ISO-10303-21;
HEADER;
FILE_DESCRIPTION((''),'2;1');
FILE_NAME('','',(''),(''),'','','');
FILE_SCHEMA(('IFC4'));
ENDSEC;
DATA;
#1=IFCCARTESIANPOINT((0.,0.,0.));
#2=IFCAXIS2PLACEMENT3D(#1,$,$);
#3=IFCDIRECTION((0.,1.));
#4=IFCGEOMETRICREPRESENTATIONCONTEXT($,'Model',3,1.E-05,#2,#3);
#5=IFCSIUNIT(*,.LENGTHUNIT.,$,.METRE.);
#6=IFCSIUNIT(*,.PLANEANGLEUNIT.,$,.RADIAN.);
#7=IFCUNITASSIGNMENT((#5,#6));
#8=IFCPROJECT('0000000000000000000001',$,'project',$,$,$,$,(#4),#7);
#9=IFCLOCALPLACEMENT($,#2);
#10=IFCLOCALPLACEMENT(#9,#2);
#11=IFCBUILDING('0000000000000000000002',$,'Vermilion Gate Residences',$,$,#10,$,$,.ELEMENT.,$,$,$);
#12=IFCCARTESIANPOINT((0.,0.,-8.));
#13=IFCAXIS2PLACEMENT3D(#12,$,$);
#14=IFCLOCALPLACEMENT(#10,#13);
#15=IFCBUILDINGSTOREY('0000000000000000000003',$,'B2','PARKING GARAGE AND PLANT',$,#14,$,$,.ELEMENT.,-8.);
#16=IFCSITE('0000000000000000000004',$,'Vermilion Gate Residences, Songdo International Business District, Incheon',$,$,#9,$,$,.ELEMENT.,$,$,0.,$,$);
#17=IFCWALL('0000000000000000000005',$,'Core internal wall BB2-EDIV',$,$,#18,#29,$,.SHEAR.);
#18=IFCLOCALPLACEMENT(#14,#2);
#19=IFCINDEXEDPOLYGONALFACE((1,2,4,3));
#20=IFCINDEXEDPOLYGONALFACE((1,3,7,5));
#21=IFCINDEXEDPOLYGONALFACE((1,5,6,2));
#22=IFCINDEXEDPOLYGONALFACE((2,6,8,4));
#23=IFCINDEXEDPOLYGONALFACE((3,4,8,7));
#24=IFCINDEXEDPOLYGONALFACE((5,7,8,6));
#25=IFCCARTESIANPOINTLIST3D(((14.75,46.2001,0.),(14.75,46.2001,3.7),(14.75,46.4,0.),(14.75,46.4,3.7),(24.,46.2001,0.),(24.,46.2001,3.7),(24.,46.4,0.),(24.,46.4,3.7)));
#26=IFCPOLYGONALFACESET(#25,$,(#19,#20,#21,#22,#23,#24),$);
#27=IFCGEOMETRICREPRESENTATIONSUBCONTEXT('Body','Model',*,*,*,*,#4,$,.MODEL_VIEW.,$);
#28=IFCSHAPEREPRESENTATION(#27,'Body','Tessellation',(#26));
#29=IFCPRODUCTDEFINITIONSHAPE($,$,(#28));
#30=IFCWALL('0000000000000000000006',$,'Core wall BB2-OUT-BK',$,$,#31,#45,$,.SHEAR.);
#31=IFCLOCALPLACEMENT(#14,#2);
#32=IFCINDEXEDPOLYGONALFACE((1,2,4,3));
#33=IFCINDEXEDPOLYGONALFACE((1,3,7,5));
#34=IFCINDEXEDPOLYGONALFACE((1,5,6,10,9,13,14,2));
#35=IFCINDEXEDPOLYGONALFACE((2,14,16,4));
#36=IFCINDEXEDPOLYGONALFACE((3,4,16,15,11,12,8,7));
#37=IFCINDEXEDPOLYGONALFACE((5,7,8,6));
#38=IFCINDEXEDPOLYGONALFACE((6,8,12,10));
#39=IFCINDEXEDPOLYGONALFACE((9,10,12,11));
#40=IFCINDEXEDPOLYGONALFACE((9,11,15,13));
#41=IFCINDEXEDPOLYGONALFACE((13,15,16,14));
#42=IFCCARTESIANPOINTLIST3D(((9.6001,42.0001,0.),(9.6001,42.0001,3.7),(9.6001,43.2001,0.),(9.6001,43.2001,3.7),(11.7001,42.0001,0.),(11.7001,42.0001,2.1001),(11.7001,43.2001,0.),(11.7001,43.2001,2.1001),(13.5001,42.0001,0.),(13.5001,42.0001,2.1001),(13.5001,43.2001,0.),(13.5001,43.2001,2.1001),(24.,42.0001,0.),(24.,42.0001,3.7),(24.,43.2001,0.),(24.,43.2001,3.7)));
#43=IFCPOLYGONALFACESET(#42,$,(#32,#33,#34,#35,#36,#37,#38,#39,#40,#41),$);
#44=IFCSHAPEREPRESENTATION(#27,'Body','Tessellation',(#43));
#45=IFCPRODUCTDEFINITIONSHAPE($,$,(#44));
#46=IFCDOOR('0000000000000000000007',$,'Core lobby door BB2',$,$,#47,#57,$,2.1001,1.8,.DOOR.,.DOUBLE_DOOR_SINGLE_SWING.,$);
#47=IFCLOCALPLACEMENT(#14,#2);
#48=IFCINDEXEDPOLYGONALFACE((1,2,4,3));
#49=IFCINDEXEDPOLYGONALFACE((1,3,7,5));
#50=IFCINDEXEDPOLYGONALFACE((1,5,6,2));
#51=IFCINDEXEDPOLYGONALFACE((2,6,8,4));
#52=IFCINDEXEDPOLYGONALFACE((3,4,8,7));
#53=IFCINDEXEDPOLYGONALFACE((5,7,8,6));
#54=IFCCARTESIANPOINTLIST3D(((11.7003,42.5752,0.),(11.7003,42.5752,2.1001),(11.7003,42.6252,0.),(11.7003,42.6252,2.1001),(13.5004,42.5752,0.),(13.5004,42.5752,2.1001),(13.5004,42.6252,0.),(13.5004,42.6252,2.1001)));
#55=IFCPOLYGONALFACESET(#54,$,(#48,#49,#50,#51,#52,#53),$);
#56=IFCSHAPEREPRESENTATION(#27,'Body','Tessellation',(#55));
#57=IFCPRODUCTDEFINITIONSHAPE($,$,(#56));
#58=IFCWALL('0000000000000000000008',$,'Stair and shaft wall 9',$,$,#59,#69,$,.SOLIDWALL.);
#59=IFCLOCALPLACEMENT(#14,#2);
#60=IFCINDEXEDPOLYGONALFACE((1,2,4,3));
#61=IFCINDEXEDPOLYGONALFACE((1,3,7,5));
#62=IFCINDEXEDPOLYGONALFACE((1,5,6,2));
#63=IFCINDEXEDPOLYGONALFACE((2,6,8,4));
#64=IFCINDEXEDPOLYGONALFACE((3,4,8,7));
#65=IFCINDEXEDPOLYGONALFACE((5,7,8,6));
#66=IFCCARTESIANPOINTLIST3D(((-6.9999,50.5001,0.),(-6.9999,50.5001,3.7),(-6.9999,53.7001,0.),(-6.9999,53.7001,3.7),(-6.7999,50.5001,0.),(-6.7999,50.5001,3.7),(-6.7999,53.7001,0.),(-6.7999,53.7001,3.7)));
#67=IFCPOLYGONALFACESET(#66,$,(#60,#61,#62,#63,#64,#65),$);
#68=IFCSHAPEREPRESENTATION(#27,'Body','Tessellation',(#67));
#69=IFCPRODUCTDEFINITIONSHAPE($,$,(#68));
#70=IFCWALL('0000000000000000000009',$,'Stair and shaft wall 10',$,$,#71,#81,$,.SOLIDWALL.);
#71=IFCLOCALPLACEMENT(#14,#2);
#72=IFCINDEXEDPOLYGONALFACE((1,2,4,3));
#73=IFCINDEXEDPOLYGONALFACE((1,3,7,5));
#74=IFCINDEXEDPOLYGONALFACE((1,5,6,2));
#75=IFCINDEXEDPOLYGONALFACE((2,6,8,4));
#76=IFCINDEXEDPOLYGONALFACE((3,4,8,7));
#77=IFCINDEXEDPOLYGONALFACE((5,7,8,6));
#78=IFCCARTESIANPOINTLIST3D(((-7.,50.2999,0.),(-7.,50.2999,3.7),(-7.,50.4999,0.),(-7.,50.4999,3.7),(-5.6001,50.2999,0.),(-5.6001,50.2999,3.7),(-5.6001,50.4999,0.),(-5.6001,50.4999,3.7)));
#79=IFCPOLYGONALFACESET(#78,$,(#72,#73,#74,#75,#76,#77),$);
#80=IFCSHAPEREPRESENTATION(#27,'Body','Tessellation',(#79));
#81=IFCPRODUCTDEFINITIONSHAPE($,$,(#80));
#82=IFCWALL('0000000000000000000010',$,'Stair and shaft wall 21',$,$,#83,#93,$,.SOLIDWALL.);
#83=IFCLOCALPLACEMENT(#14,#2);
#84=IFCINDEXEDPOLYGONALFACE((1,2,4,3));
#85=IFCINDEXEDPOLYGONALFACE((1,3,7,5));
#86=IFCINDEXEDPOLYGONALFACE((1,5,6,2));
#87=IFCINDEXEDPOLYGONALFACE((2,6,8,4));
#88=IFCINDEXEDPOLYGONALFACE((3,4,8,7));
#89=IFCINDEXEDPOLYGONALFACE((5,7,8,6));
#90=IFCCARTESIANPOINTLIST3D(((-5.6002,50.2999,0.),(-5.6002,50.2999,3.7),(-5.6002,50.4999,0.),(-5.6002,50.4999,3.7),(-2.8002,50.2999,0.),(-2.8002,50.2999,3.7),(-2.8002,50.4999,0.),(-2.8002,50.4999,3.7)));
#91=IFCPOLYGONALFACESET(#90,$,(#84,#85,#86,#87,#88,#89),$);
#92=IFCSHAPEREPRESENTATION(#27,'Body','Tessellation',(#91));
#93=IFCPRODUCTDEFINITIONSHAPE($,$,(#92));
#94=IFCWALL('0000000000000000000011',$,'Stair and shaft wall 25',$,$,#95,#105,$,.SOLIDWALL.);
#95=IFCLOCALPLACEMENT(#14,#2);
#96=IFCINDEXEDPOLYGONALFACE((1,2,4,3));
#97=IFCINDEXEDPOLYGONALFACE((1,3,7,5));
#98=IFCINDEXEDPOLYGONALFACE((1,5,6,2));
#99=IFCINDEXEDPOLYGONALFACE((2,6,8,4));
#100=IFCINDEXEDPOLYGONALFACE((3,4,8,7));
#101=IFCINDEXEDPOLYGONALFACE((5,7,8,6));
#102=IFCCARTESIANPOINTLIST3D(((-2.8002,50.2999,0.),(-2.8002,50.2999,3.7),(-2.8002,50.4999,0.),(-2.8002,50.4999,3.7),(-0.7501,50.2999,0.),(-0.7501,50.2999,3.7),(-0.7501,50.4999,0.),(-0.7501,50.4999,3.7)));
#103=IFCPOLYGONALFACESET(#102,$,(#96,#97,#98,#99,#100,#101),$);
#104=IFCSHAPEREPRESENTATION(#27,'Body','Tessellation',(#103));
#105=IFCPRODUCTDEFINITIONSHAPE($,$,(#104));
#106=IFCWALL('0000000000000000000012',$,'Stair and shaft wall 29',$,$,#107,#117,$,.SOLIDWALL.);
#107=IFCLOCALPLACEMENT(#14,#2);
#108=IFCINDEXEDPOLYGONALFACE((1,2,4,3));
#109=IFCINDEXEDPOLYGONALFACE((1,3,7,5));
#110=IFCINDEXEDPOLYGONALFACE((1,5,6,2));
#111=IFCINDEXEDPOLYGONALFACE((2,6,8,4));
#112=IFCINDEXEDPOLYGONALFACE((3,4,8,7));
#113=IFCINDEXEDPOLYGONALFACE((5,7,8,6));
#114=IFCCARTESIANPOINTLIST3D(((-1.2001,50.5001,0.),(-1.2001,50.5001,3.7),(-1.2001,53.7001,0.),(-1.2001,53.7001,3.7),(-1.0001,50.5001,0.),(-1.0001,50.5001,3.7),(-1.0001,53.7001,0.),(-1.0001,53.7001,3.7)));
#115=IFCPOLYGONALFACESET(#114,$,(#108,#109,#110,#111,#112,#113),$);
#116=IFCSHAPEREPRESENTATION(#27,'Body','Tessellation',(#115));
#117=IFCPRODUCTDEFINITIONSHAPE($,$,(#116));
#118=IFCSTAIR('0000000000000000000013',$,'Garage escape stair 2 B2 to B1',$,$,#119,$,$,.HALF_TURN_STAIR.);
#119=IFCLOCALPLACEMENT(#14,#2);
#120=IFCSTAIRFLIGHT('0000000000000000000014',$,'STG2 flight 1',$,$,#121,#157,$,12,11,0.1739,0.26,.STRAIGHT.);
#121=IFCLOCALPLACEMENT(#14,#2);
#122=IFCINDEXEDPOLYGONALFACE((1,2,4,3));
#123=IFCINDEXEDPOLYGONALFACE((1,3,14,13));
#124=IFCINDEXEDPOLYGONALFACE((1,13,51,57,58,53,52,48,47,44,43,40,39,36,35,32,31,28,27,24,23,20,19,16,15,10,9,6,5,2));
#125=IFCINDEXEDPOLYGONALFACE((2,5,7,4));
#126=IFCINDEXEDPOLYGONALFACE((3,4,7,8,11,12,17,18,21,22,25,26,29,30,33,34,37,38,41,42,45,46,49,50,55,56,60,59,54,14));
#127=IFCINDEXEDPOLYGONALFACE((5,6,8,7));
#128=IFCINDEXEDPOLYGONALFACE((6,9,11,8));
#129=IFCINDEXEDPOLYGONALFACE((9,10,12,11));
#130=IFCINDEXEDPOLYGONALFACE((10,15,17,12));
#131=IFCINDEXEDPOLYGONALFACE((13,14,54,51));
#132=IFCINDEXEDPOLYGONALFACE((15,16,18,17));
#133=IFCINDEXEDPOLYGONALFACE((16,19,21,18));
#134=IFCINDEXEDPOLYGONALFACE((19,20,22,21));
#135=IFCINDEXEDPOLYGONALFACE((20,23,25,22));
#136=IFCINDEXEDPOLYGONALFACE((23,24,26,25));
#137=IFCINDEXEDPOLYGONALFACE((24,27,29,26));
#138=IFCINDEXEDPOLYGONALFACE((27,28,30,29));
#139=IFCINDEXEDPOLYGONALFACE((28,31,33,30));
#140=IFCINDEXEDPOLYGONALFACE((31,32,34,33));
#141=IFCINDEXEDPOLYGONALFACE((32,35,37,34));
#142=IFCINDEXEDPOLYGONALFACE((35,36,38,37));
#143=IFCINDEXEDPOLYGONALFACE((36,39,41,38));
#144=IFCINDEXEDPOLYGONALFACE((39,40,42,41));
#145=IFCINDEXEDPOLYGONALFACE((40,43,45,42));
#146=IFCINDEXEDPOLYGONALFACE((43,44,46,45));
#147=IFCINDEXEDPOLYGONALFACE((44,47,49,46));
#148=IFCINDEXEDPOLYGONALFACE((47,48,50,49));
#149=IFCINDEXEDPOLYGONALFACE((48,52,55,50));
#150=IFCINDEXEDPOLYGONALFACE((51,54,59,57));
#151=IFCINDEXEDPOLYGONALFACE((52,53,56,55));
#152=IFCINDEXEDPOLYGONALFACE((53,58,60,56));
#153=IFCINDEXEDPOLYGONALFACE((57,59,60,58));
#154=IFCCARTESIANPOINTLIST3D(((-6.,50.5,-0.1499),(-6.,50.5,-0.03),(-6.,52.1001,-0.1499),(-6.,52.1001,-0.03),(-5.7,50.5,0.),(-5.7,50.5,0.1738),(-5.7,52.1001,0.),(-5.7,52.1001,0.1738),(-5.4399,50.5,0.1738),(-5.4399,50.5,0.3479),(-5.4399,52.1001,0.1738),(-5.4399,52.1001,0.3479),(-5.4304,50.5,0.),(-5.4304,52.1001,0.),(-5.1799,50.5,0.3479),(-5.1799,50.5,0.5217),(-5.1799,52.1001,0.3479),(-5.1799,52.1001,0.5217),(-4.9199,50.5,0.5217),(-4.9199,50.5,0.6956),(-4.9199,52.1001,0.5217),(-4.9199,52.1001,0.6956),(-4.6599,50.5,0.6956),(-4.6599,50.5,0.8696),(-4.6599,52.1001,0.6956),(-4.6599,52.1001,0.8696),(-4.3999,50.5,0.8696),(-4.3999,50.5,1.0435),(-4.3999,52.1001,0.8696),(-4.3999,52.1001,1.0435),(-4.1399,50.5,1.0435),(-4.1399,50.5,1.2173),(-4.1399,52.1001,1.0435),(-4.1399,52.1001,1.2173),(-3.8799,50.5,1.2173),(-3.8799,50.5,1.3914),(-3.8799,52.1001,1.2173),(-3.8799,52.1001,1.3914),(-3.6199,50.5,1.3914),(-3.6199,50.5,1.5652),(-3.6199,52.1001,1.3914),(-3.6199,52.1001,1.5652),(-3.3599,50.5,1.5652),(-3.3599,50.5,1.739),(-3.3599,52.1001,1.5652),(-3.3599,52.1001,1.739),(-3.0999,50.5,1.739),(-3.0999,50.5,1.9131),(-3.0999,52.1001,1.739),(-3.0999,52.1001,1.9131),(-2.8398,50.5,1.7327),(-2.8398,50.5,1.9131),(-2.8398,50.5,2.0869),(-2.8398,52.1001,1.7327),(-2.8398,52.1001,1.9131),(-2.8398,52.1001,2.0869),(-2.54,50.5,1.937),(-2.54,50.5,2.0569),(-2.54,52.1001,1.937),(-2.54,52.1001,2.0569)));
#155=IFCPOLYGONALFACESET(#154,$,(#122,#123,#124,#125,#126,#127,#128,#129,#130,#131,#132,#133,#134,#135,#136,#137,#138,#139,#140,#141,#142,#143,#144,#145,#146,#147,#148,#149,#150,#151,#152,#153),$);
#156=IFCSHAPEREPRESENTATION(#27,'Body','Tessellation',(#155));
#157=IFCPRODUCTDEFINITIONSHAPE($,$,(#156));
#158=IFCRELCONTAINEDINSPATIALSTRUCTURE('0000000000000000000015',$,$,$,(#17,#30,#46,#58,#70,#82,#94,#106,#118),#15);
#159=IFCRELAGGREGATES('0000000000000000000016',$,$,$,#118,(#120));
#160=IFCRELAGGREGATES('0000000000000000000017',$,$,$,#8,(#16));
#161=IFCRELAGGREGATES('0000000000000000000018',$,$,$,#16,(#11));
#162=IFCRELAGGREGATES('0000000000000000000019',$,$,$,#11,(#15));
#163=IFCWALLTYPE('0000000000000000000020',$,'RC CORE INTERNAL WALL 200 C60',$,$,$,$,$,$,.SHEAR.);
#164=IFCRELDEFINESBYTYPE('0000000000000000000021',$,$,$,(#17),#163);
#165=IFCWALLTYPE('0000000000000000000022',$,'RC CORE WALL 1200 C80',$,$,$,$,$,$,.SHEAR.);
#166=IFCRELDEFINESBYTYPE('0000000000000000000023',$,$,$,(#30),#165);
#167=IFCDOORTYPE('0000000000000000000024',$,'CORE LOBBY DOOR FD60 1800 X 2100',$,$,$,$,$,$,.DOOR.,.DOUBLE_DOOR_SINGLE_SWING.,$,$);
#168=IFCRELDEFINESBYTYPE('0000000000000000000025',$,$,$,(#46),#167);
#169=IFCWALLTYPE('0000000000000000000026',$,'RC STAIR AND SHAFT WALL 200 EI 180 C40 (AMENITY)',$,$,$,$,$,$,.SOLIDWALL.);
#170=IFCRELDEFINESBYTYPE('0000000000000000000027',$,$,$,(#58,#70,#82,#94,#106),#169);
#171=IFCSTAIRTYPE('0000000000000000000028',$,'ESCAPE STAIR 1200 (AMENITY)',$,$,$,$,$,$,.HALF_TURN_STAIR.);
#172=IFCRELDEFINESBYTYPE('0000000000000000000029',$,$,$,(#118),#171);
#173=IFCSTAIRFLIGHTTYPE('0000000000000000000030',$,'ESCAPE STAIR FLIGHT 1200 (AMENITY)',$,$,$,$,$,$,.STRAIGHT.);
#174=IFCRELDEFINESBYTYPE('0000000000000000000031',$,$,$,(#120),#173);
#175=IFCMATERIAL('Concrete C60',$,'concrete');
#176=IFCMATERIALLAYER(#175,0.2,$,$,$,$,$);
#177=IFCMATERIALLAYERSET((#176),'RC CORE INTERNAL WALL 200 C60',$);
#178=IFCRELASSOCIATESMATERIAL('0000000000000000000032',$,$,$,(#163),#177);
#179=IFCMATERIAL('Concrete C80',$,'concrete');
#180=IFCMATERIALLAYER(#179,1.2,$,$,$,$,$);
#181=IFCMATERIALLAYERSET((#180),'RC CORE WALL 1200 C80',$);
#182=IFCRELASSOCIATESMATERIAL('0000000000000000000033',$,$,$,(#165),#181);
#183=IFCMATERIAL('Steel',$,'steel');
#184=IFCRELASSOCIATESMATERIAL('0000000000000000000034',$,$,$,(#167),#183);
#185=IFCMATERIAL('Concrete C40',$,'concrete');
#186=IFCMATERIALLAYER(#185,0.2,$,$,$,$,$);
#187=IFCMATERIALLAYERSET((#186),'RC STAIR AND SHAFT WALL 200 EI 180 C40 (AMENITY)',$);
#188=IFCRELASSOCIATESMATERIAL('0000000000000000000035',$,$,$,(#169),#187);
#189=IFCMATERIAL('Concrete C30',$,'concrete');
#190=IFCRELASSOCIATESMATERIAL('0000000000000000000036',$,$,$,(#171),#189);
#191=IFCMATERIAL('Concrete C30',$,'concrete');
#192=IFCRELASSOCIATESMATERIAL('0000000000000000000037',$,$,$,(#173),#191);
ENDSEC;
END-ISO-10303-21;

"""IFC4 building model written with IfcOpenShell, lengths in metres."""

from ifc_helpers import new_model, si_unit, direction, frame, frame_2d, origin, place, context, subcontext, project, spatial, polyline, rectangle, outline, extrude, material, layer, layer_set, type_object, element, fill, aggregate, save


model = new_model("IFC4")

# Units and contexts
model_context = context("Model", 3, precision=1e-05, world=origin(), true_north=direction((0.0, 1.0)))
body_context = subcontext(model_context, "Body", "Model", "MODEL_VIEW")
ifc_project = project(units=[si_unit("LENGTHUNIT", "METRE"), si_unit("PLANEANGLEUNIT", "RADIAN")], contexts=[model_context])

# Site, building, storey
site_placement = place(None, origin())
site = spatial("IfcSite", under=ifc_project, at=site_placement, Name="Vermilion Gate Residences, Songdo International Business District, Incheon", CompositionType="ELEMENT", RefElevation=0.0)
building_placement = place(site_placement, origin())
building = spatial("IfcBuilding", under=site, at=building_placement, Name="Vermilion Gate Residences", CompositionType="ELEMENT")
storey_placement = place(building_placement, frame((0.0, 0.0, -8.0)))
storey = spatial("IfcBuildingStorey", under=building, at=storey_placement, Name="B2", Description="PARKING GARAGE AND PLANT", CompositionType="ELEMENT", Elevation=-8.0)

# Wall
ifc_material_1 = material(Name="Concrete C60", Category="concrete")
ifc_layer_1 = layer(ifc_material_1, 0.2)
ifc_layer_set_1 = layer_set([ifc_layer_1], Name="RC CORE INTERNAL WALL 200 C60")
wall_type_1 = type_object("IfcWallType", Name="RC CORE INTERNAL WALL 200 C60", PredefinedType="SHEAR", material=ifc_layer_set_1)
wall_1_placement = place(storey_placement, frame((14.75, 46.3, 0.0), z_axis=(0.0, 0.0, 1.0), x_axis=(1.0, 0.0, 0.0)))
element("IfcWall", 1, at=wall_1_placement, inside=storey, type_object=wall_type_1, Name="Core internal wall BB2-EDIV", PredefinedType="SHEAR", context=body_context, shape_type="SweptSolid", body=[
    extrude(rectangle(XDim=9.25, YDim=0.2, at=frame_2d((4.625, 0.0))), origin(), (0.0, 0.0, 1.0), 3.7),
])

# Wall, opening, door
ifc_material_2 = material(Name="Concrete C80", Category="concrete")
ifc_layer_2 = layer(ifc_material_2, 1.2)
ifc_layer_set_2 = layer_set([ifc_layer_2], Name="RC CORE WALL 1200 C80")
wall_type_2 = type_object("IfcWallType", Name="RC CORE WALL 1200 C80", PredefinedType="SHEAR", material=ifc_layer_set_2)
wall_2_placement = place(storey_placement, frame((9.6001, 42.6001, 0.0), z_axis=(0.0, 0.0, 1.0), x_axis=(1.0, 0.0, 0.0)))
wall_2 = element("IfcWall", 2, at=wall_2_placement, inside=storey, type_object=wall_type_2, Name="Core wall BB2-OUT-BK", PredefinedType="SHEAR", context=body_context, shape_type="SweptSolid", body=[
    extrude(rectangle(XDim=14.3999, YDim=1.2, at=frame_2d((7.2, 0.0))), origin(), (0.0, 0.0, 1.0), 3.7),
])
opening_1_placement = place(wall_2_placement, frame((2.1001, 0.0, 0.0)))
opening_1 = element("IfcOpeningElement", 3, at=opening_1_placement, cuts=wall_2, PredefinedType="OPENING", context=body_context, shape_type="SweptSolid", body=[
    extrude(rectangle(XDim=1.8, YDim=2.1001, at=frame_2d((0.8999, 1.05))), frame((0.0, 0.6099, 0.0), z_axis=(0.0, -1.0, 0.0), x_axis=(1.0, 0.0, 0.0)), (0.0, 0.0, 1.0), 1.22),
])
ifc_material_3 = material(Name="Steel", Category="steel")
door_type_1 = type_object("IfcDoorType", Name="CORE LOBBY DOOR FD60 1800 X 2100", OperationType="DOUBLE_DOOR_SINGLE_SWING", PredefinedType="DOOR", material=ifc_material_3)
door_1_placement = place(opening_1_placement, frame((1.8, 0.0, 0.0), z_axis=(0.0, 0.0, 1.0), x_axis=(-1.0, 0.0, 0.0)))
door_1 = element("IfcDoor", 4, at=door_1_placement, inside=storey, type_object=door_type_1, Name="Core lobby door BB2", OperationType="DOUBLE_DOOR_SINGLE_SWING", OverallHeight=2.1001, OverallWidth=1.8, PredefinedType="DOOR", context=body_context, shape_type="SweptSolid", body=[
    extrude(rectangle(XDim=1.8, YDim=2.1001, at=frame_2d((0.8999, 1.05))), frame((0.0, 0.0249, 0.0), z_axis=(0.0, -1.0, 0.0), x_axis=(1.0, 0.0, 0.0)), (0.0, 0.0, 1.0), 0.05),
])
fill(opening_1, door_1)

# Walls
ifc_material_4 = material(Name="Concrete C40", Category="concrete")
ifc_layer_3 = layer(ifc_material_4, 0.2)
ifc_layer_set_3 = layer_set([ifc_layer_3], Name="RC STAIR AND SHAFT WALL 200 EI 180 C40 (AMENITY)")
wall_type_3 = type_object("IfcWallType", Name="RC STAIR AND SHAFT WALL 200 EI 180 C40 (AMENITY)", PredefinedType="SOLIDWALL", material=ifc_layer_set_3)
wall_3_placement = place(storey_placement, frame((-6.8999, 50.5, 0.0), z_axis=(0.0, 0.0, 1.0), x_axis=(0.0, 1.0, 0.0)))
element("IfcWall", 5, at=wall_3_placement, inside=storey, type_object=wall_type_3, Name="Stair and shaft wall 9", PredefinedType="SOLIDWALL", context=body_context, shape_type="SweptSolid", body=[
    extrude(rectangle(XDim=3.2, YDim=0.2, at=frame_2d((1.6001, 0.0))), origin(), (0.0, 0.0, 1.0), 3.7),
])
wall_4_placement = place(storey_placement, frame((-7.0, 50.3999, 0.0), z_axis=(0.0, 0.0, 1.0), x_axis=(1.0, 0.0, 0.0)))
element("IfcWall", 6, at=wall_4_placement, inside=storey, type_object=wall_type_3, Name="Stair and shaft wall 10", PredefinedType="SOLIDWALL", context=body_context, shape_type="SweptSolid", body=[
    extrude(rectangle(XDim=1.3999, YDim=0.2, at=frame_2d((0.7, 0.0))), origin(), (0.0, 0.0, 1.0), 3.7),
])
wall_5_placement = place(storey_placement, frame((-5.6001, 50.3999, 0.0), z_axis=(0.0, 0.0, 1.0), x_axis=(1.0, 0.0, 0.0)))
element("IfcWall", 7, at=wall_5_placement, inside=storey, type_object=wall_type_3, Name="Stair and shaft wall 21", PredefinedType="SOLIDWALL", context=body_context, shape_type="SweptSolid", body=[
    extrude(rectangle(XDim=2.8, YDim=0.2, at=frame_2d((1.3999, 0.0))), origin(), (0.0, 0.0, 1.0), 3.7),
])
wall_6_placement = place(storey_placement, frame((-2.8, 50.3999, 0.0), z_axis=(0.0, 0.0, 1.0), x_axis=(1.0, 0.0, 0.0)))
element("IfcWall", 8, at=wall_6_placement, inside=storey, type_object=wall_type_3, Name="Stair and shaft wall 25", PredefinedType="SOLIDWALL", context=body_context, shape_type="SweptSolid", body=[
    extrude(rectangle(XDim=2.05, YDim=0.2, at=frame_2d((1.0249, 0.0))), origin(), (0.0, 0.0, 1.0), 3.7),
])
wall_7_placement = place(storey_placement, frame((-1.1001, 50.5, 0.0), z_axis=(0.0, 0.0, 1.0), x_axis=(0.0, 1.0, 0.0)))
element("IfcWall", 9, at=wall_7_placement, inside=storey, type_object=wall_type_3, Name="Stair and shaft wall 29", PredefinedType="SOLIDWALL", context=body_context, shape_type="SweptSolid", body=[
    extrude(rectangle(XDim=3.2, YDim=0.2, at=frame_2d((1.6001, 0.0))), origin(), (0.0, 0.0, 1.0), 3.7),
])

# Stair, stair flight
ifc_material_5 = material(Name="Concrete C30", Category="concrete")
stair_type = type_object("IfcStairType", Name="ESCAPE STAIR 1200 (AMENITY)", PredefinedType="HALF_TURN_STAIR", material=ifc_material_5)
stair_placement = place(storey_placement, origin())
stair = element("IfcStair", 10, at=stair_placement, inside=storey, type_object=stair_type, Name="Garage escape stair 2 B2 to B1", PredefinedType="HALF_TURN_STAIR")
ifc_material_6 = material(Name="Concrete C30", Category="concrete")
stair_flight_type = type_object("IfcStairFlightType", Name="ESCAPE STAIR FLIGHT 1200 (AMENITY)", PredefinedType="STRAIGHT", material=ifc_material_6)
stair_flight_1_placement = place(storey_placement, frame((-5.7, 51.3, 0.0), z_axis=(0.0, 0.0, 1.0), x_axis=(1.0, 0.0, 0.0)))
stair_flight_1 = element("IfcStairFlight", 11, at=stair_flight_1_placement, type_object=stair_flight_type, Name="STG2 flight 1", NumberOfRisers=12, NumberOfTreads=11, PredefinedType="STRAIGHT", RiserHeight=0.1739, TreadLength=0.26, context=body_context, shape_type="SweptSolid", body=[
    extrude(outline(polyline([(-0.3, -0.1499), (-0.3, -0.03), (0.0, 0.0), (0.0, 0.1738), (0.26, 0.1738), (0.26, 0.3479), (0.52, 0.3479), (0.52, 0.5217), (0.78, 0.5217), (0.78, 0.6956), (1.04, 0.6956), (1.04, 0.8696), (1.3, 0.8696), (1.3, 1.0435), (1.5601, 1.0435), (1.5601, 1.2173), (1.8201, 1.2173), (1.8201, 1.3914), (2.0801, 1.3914), (2.0801, 1.5652), (2.3401, 1.5652), (2.3401, 1.739), (2.6001, 1.739), (2.6001, 1.9131), (2.8601, 1.9131), (2.8601, 2.0869), (3.1599, 2.0569), (3.1599, 1.937), (2.8601, 1.7327), (0.2695, 0.0), (-0.3, -0.1499)])), frame((0.0, 0.8, 0.0), z_axis=(0.0, -1.0, 0.0), x_axis=(1.0, 0.0, 0.0)), (0.0, 0.0, 1.0), 1.6001),
])
aggregate(stair, [stair_flight_1])

save(model, "model.ifc")
